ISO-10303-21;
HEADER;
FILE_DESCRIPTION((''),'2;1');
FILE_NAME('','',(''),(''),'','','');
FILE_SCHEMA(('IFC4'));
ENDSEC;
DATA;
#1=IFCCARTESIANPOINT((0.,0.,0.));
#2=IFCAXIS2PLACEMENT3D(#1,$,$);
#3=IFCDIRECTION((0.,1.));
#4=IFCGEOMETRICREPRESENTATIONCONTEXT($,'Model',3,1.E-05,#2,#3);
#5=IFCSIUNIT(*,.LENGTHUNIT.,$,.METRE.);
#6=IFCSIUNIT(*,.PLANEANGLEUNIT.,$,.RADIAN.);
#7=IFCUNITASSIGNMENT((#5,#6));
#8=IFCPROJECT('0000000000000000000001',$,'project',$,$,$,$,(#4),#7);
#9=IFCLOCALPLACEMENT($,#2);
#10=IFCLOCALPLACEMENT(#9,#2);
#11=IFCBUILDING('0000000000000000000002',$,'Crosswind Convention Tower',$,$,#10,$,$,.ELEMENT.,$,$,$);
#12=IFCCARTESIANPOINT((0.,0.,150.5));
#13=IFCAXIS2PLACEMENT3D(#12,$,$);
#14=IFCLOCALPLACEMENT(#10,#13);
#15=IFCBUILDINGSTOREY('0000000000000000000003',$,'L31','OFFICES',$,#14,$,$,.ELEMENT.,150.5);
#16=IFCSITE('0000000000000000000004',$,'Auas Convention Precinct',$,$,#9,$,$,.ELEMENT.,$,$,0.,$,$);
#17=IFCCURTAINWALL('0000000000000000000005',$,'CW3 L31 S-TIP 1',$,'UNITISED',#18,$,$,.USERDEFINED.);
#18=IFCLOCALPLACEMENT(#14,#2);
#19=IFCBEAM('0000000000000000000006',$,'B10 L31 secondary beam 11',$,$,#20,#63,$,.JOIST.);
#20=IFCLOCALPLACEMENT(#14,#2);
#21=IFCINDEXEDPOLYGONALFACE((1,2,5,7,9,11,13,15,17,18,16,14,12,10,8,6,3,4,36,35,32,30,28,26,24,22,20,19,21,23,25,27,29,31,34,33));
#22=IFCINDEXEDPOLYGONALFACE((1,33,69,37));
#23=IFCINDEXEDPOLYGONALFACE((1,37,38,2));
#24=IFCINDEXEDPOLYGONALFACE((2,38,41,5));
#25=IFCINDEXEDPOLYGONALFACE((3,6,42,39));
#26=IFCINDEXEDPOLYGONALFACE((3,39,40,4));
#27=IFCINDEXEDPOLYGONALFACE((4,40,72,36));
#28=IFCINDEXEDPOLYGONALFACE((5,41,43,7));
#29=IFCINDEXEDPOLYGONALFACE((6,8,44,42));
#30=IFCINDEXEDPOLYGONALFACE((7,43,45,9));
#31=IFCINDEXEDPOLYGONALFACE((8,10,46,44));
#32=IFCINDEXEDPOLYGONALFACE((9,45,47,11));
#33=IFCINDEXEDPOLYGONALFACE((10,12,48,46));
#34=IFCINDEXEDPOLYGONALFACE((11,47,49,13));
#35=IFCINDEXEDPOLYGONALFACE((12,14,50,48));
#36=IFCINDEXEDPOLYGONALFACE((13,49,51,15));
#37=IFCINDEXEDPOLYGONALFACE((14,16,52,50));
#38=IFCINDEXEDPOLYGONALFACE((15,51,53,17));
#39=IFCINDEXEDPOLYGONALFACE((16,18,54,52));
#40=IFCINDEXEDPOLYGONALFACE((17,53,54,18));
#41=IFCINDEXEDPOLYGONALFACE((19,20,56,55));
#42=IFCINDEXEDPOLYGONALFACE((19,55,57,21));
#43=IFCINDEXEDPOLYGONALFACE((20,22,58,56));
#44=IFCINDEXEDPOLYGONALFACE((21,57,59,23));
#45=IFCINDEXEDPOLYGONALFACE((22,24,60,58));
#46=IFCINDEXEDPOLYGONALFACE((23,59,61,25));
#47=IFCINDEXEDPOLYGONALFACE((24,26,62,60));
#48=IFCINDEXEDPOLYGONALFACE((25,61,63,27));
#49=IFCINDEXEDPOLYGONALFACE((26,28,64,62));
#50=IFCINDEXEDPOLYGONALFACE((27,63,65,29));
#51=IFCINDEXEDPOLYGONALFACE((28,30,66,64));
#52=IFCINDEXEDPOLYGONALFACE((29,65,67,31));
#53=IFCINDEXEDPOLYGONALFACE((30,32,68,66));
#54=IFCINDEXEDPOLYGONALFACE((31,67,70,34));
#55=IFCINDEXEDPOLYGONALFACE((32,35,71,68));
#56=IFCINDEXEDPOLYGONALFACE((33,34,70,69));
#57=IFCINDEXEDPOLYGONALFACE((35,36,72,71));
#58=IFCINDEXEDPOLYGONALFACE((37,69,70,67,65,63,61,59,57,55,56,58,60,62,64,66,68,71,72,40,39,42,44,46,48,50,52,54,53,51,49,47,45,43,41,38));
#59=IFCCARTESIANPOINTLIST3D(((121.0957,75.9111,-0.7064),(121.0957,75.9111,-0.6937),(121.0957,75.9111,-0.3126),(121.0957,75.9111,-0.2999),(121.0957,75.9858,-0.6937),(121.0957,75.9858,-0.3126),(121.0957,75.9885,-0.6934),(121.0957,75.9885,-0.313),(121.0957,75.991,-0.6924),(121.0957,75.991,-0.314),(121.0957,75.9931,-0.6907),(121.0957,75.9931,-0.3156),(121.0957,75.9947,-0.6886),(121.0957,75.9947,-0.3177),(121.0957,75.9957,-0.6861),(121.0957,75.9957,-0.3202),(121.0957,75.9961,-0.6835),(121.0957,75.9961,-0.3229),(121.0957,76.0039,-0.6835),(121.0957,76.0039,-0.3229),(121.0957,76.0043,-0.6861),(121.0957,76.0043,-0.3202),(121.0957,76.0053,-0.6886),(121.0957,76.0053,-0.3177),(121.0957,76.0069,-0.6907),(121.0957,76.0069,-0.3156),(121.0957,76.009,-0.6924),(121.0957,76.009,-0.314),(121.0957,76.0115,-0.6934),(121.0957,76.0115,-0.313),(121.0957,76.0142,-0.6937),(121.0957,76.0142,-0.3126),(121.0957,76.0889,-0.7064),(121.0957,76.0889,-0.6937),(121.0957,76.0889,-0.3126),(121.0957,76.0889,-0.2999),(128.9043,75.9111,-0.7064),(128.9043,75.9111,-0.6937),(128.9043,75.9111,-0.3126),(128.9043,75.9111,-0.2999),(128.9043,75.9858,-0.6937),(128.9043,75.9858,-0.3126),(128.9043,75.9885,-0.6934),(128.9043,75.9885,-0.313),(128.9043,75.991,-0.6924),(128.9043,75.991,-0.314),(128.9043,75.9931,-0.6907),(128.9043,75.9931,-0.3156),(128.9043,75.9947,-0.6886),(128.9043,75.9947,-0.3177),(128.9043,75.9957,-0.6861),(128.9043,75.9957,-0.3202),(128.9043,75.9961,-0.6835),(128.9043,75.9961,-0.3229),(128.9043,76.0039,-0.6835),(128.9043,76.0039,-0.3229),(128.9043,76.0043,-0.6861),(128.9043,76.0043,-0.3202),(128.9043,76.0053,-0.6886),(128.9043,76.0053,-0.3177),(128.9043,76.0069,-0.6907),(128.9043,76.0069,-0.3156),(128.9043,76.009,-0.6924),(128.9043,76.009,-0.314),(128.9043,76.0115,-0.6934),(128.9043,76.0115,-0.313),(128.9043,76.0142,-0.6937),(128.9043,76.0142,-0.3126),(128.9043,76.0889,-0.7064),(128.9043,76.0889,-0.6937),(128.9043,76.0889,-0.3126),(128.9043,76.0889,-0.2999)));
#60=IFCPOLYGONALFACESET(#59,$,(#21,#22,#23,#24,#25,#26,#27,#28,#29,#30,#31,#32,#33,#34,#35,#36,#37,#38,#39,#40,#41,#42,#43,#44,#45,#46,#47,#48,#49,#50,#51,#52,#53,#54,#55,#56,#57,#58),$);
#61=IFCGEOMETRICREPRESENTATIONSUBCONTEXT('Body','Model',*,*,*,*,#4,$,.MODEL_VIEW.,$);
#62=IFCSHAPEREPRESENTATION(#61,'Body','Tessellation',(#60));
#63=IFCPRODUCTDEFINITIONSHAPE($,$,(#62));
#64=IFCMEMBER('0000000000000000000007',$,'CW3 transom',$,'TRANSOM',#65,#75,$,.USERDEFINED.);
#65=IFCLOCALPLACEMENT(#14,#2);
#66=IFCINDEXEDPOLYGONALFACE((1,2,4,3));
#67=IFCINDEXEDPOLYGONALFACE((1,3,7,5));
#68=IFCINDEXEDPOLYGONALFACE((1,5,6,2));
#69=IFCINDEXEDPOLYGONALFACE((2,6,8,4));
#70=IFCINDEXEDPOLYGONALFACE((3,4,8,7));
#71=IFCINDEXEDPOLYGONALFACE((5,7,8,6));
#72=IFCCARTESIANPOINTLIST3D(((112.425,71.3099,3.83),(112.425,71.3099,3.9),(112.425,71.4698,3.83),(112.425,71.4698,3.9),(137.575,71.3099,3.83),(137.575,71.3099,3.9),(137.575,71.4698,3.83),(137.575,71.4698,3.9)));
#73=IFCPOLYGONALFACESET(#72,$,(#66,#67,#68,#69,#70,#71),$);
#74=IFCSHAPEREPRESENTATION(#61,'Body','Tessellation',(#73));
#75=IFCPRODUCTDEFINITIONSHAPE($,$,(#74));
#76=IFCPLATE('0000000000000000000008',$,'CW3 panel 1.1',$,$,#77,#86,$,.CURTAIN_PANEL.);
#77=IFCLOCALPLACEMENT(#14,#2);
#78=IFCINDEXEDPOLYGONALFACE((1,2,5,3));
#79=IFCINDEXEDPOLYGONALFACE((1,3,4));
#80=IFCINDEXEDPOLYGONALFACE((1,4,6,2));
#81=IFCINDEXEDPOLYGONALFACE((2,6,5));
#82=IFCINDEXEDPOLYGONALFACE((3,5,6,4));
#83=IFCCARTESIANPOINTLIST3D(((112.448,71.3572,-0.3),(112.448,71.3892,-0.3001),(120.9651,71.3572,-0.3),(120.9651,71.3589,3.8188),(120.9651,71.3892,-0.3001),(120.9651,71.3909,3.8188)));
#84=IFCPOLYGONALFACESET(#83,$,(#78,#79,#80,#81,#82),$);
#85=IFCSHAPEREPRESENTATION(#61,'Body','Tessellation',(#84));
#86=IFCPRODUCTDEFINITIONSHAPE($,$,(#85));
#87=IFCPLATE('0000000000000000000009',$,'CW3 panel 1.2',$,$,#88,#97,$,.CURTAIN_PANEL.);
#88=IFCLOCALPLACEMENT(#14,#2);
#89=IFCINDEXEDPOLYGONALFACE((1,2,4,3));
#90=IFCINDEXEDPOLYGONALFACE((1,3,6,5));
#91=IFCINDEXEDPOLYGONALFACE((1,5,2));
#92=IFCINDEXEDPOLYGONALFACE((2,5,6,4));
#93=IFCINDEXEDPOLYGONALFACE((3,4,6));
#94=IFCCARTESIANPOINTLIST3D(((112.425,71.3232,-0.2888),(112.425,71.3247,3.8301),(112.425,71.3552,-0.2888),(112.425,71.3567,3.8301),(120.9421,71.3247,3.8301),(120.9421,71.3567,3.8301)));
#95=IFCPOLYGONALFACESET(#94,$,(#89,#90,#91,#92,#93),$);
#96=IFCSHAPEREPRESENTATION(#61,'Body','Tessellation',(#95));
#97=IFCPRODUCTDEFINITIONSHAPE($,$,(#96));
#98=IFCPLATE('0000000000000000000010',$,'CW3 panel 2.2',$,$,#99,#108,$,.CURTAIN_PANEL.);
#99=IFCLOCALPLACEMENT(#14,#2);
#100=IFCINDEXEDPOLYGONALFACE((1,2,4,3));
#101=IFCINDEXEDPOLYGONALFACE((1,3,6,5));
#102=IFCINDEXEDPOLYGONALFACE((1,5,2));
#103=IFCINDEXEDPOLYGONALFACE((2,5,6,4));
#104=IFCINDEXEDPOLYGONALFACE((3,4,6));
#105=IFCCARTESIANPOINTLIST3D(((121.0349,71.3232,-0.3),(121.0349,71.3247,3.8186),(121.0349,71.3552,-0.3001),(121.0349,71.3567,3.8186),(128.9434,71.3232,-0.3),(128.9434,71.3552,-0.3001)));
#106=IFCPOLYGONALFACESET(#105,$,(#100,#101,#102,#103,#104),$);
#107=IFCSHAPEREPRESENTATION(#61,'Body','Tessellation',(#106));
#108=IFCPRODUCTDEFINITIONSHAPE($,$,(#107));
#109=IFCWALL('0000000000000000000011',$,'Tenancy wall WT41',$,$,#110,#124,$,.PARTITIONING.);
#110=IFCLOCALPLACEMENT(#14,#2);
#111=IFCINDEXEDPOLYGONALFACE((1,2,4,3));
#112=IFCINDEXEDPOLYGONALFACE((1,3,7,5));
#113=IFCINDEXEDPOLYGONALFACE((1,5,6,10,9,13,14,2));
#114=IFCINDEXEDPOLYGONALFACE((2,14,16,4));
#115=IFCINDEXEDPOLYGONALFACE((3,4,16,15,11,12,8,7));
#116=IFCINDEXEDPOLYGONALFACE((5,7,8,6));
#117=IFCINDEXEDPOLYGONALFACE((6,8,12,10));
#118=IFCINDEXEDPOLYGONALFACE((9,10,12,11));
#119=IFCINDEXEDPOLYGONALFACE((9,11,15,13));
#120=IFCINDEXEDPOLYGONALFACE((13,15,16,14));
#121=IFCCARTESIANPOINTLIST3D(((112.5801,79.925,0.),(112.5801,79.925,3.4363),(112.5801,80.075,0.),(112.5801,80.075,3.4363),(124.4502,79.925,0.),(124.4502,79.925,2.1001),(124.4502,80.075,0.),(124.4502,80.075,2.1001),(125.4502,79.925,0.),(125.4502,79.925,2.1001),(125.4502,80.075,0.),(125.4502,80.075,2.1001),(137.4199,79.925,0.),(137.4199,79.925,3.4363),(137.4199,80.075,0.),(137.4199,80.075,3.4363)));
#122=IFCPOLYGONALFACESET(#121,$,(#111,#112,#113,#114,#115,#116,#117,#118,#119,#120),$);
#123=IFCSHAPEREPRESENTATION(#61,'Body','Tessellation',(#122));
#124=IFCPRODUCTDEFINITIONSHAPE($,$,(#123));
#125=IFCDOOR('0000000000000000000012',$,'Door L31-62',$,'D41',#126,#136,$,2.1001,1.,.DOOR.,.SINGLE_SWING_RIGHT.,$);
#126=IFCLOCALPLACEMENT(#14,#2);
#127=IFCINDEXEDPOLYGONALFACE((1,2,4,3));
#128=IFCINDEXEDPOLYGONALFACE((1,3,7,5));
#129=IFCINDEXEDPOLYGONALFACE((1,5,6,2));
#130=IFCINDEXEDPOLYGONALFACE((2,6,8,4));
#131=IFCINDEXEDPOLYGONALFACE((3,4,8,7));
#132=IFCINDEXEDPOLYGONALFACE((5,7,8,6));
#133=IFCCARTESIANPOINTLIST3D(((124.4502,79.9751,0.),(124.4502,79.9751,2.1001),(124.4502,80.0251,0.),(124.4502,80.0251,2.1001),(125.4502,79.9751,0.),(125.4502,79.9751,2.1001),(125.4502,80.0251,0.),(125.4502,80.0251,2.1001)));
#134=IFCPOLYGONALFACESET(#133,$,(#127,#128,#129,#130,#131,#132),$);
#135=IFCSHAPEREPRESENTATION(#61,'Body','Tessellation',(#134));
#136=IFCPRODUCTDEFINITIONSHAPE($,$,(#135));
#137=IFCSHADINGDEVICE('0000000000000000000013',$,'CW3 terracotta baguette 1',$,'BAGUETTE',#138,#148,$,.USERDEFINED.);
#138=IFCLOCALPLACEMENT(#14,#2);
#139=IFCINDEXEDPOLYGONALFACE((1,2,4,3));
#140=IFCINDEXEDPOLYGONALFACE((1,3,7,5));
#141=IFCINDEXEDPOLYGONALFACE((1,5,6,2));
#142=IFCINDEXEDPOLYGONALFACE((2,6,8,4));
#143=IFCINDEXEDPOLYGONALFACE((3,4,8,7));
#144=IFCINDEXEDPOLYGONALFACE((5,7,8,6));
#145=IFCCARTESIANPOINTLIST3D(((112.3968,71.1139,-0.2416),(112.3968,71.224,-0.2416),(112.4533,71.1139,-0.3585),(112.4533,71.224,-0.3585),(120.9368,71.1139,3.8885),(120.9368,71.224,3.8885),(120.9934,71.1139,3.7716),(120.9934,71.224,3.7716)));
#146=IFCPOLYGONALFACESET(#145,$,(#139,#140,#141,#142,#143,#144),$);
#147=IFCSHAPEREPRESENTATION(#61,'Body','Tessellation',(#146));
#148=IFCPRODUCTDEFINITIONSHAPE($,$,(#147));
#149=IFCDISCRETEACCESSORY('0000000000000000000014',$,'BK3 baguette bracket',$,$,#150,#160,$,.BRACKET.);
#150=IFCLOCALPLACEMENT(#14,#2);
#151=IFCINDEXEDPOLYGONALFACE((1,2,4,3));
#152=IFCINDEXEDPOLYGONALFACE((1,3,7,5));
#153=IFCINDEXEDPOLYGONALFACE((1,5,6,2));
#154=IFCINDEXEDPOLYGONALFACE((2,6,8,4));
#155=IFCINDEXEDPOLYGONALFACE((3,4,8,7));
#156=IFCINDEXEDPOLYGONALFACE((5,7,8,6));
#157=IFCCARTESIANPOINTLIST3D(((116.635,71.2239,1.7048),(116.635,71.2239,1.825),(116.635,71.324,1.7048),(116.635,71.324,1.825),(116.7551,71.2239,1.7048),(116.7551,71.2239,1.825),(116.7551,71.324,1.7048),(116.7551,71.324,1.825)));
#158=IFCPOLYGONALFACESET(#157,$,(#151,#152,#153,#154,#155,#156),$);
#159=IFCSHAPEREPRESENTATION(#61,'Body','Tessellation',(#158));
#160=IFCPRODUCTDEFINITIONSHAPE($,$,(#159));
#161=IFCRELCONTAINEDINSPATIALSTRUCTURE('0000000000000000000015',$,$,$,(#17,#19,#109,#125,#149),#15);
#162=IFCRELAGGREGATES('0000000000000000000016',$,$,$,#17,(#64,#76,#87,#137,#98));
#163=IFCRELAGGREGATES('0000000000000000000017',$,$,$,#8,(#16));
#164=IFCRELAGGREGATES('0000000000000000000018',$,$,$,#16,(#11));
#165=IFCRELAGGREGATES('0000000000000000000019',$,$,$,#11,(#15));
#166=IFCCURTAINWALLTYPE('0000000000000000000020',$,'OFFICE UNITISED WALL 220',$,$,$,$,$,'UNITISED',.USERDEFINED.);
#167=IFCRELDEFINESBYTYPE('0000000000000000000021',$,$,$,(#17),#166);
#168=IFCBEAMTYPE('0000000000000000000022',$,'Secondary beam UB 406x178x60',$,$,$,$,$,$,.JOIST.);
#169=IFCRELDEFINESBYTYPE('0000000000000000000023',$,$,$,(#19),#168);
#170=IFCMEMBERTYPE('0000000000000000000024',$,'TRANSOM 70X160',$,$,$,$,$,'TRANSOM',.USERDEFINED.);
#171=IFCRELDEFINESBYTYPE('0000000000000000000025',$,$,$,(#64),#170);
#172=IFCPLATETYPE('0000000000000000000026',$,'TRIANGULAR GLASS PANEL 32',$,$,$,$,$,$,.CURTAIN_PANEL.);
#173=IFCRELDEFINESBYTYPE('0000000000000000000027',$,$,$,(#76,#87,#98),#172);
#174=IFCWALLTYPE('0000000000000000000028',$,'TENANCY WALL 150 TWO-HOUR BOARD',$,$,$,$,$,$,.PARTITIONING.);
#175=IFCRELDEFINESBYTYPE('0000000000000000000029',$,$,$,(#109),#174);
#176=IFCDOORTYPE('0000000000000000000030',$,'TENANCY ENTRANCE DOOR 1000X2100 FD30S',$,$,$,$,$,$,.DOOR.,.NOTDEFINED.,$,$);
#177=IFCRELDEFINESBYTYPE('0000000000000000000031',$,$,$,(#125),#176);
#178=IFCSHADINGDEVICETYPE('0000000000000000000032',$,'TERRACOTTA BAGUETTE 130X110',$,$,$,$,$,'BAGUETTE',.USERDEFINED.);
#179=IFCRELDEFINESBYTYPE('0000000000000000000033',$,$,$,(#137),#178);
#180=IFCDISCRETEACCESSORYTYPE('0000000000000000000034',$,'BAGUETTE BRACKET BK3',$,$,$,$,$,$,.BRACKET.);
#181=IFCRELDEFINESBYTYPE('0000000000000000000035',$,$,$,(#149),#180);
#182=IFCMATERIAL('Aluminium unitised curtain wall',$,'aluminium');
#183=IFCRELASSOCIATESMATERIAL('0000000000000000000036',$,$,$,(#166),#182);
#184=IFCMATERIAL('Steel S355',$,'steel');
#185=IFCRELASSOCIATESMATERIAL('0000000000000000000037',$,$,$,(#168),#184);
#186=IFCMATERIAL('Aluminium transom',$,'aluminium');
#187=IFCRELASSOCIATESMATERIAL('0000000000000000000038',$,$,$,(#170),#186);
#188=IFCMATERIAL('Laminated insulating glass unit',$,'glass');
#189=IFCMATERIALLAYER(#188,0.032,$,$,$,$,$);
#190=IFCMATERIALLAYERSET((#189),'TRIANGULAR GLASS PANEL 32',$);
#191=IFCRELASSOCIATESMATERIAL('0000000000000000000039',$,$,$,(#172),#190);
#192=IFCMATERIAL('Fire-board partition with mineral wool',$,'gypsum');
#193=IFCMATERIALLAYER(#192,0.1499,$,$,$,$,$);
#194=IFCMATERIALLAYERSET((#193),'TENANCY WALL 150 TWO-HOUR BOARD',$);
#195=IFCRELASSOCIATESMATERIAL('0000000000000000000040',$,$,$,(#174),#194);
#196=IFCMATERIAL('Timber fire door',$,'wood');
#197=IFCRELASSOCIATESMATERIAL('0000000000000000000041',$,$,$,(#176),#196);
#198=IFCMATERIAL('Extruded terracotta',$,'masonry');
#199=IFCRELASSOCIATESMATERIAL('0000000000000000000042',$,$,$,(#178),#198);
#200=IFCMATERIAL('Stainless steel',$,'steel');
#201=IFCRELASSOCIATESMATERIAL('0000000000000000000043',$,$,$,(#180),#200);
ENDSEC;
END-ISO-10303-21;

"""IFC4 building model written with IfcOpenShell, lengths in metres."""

from ifc_helpers import new_model, si_unit, direction, frame, frame_2d, origin, origin_2d, place, context, subcontext, project, spatial, polyline, rectangle, i_section, outline, extrude, material, layer, layer_set, material_profile, profile_set, type_object, element, fill, aggregate, save


model = new_model("IFC4")

# Units and contexts
model_context = context("Model", 3, precision=1e-05, world=origin(), true_north=direction((0.0, 1.0)))
body_context = subcontext(model_context, "Body", "Model", "MODEL_VIEW")
ifc_project = project(units=[si_unit("LENGTHUNIT", "METRE"), si_unit("PLANEANGLEUNIT", "RADIAN")], contexts=[model_context])

# Site, building, storey
site_placement = place(None, origin())
site = spatial("IfcSite", under=ifc_project, at=site_placement, Name="Auas Convention Precinct", CompositionType="ELEMENT", RefElevation=0.0)
building_placement = place(site_placement, origin())
building = spatial("IfcBuilding", under=site, at=building_placement, Name="Crosswind Convention Tower", CompositionType="ELEMENT")
storey_placement = place(building_placement, frame((0.0, 0.0, 150.5)))
storey = spatial("IfcBuildingStorey", under=building, at=storey_placement, Name="L31", Description="OFFICES", CompositionType="ELEMENT", Elevation=150.5)

# Shared definitions
ifc_material_1 = material(Name="Steel S355", Category="steel")

# Curtain wall
ifc_material_2 = material(Name="Aluminium unitised curtain wall", Category="aluminium")
curtain_wall_type_1 = type_object("IfcCurtainWallType", Name="OFFICE UNITISED WALL 220", ElementType="UNITISED", PredefinedType="USERDEFINED", material=ifc_material_2)
curtain_wall_1_placement = place(storey_placement, origin())
curtain_wall_1 = element("IfcCurtainWall", 1, at=curtain_wall_1_placement, inside=storey, type_object=curtain_wall_type_1, Name="CW3 L31 S-TIP 1", ObjectType="UNITISED", PredefinedType="USERDEFINED")

# Beam
ifc_material_profile_1 = material_profile(ifc_material_1, i_section(OverallWidth=0.1777, OverallDepth=0.4065, WebThickness=0.0078, FlangeThickness=0.0127, FilletRadius=0.0103, at=origin_2d()), Name="UB 406x178x60")
ifc_profile_set_1 = profile_set([ifc_material_profile_1], Name="Steel S355")
beam_type_1 = type_object("IfcBeamType", Name="Secondary beam UB 406x178x60", PredefinedType="JOIST", material=ifc_profile_set_1)
beam_1_placement = place(storey_placement, frame((121.0957, 76.0, -0.5032), z_axis=(1.0, 0.0, 0.0), x_axis=(0.0, 1.0, 0.0)))
element("IfcBeam", 2, at=beam_1_placement, inside=storey, type_object=beam_type_1, Name="B10 L31 secondary beam 11", PredefinedType="JOIST", context=body_context, shape_type="SweptSolid", body=[
    extrude(i_section(OverallWidth=0.1777, OverallDepth=0.4065, WebThickness=0.0078, FlangeThickness=0.0127, FilletRadius=0.0103, at=origin_2d()), origin(), (0.0, 0.0, 1.0), 7.8086),
])

# Member
ifc_material_3 = material(Name="Aluminium transom", Category="aluminium")
ifc_material_profile_2 = material_profile(ifc_material_3, rectangle(XDim=0.1599, YDim=0.0701, at=origin_2d()), Name="AL 160X70")
ifc_profile_set_2 = profile_set([ifc_material_profile_2], Name="Aluminium transom")
member_type_1 = type_object("IfcMemberType", Name="TRANSOM 70X160", ElementType="TRANSOM", PredefinedType="USERDEFINED", material=ifc_profile_set_2)
member_1_placement = place(storey_placement, frame((112.425, 71.3899, 3.865), z_axis=(1.0, 0.0, 0.0), x_axis=(0.0, 1.0, 0.0)))
member_1 = element("IfcMember", 3, at=member_1_placement, type_object=member_type_1, Name="CW3 transom", ObjectType="TRANSOM", PredefinedType="USERDEFINED", context=body_context, shape_type="SweptSolid", body=[
    extrude(rectangle(XDim=0.1599, YDim=0.0701, at=origin_2d()), origin(), (0.0, 0.0, 1.0), 25.1499),
])

# Plates
ifc_material_4 = material(Name="Laminated insulating glass unit", Category="glass")
ifc_layer_1 = layer(ifc_material_4, 0.032)
ifc_layer_set_1 = layer_set([ifc_layer_1], Name="TRIANGULAR GLASS PANEL 32")
plate_type = type_object("IfcPlateType", Name="TRIANGULAR GLASS PANEL 32", PredefinedType="CURTAIN_PANEL", material=ifc_layer_set_1)
plate_1_placement = place(storey_placement, frame((120.9651, 71.3572, -0.3), z_axis=(0.0, -1.0, 0.000415), x_axis=(0.0, 0.000415, 1.0)))
plate_1 = element("IfcPlate", 4, at=plate_1_placement, type_object=plate_type, Name="CW3 panel 1.1", PredefinedType="CURTAIN_PANEL", context=body_context, shape_type="SweptSolid", body=[
    extrude(outline(polyline([(0.0, 0.0), (4.1189, 0.0), (0.0, 8.5171), (0.0, 0.0)])), origin(), (0.0, 0.0, -1.0), 0.032),
])
plate_2_placement = place(storey_placement, frame((112.425, 71.3247, 3.8301), z_axis=(0.0, -1.0, 0.000356), x_axis=(0.0, -0.000356, -1.0)))
plate_2 = element("IfcPlate", 5, at=plate_2_placement, type_object=plate_type, Name="CW3 panel 1.2", PredefinedType="CURTAIN_PANEL", context=body_context, shape_type="SweptSolid", body=[
    extrude(outline(polyline([(0.0, 0.0), (4.1189, 0.0), (0.0, 8.5171), (0.0, 0.0)])), origin(), (0.0, 0.0, -1.0), 0.032),
])
plate_3_placement = place(storey_placement, frame((121.0349, 71.3232, -0.3), z_axis=(0.0, -1.0, 0.000356), x_axis=(1.0, 0.0, 0.0)))
plate_3 = element("IfcPlate", 6, at=plate_3_placement, type_object=plate_type, Name="CW3 panel 2.2", PredefinedType="CURTAIN_PANEL", context=body_context, shape_type="SweptSolid", body=[
    extrude(outline(polyline([(0.0, 0.0), (7.9084, 0.0), (0.0, 4.1187), (0.0, 0.0)])), origin(), (0.0, 0.0, -1.0), 0.032),
])

# Wall, opening, door
ifc_material_5 = material(Name="Fire-board partition with mineral wool", Category="gypsum")
ifc_layer_2 = layer(ifc_material_5, 0.1499)
ifc_layer_set_2 = layer_set([ifc_layer_2], Name="TENANCY WALL 150 TWO-HOUR BOARD")
wall_type = type_object("IfcWallType", Name="TENANCY WALL 150 TWO-HOUR BOARD", PredefinedType="PARTITIONING", material=ifc_layer_set_2)
wall_placement = place(storey_placement, frame((112.5801, 80.0, 0.0), z_axis=(0.0, 0.0, 1.0), x_axis=(1.0, 0.0, 0.0)))
wall = element("IfcWall", 7, at=wall_placement, inside=storey, type_object=wall_type, Name="Tenancy wall WT41", PredefinedType="PARTITIONING", context=body_context, shape_type="SweptSolid", body=[
    extrude(rectangle(XDim=24.8398, YDim=0.1499, at=frame_2d((12.4199, 0.0))), origin(), (0.0, 0.0, 1.0), 3.4363),
])
opening_placement = place(wall_placement, frame((11.8701, 0.0, 0.0)))
opening = element("IfcOpeningElement", 8, at=opening_placement, cuts=wall, PredefinedType="OPENING", context=body_context, shape_type="SweptSolid", body=[
    extrude(rectangle(XDim=1.0, YDim=2.1001, at=frame_2d((0.5, 1.05))), frame((0.0, 0.085, 0.0), z_axis=(0.0, -1.0, 0.0), x_axis=(1.0, 0.0, 0.0)), (0.0, 0.0, 1.0), 0.1699),
])
ifc_material_6 = material(Name="Timber fire door", Category="wood")
door_type = type_object("IfcDoorType", Name="TENANCY ENTRANCE DOOR 1000X2100 FD30S", OperationType="NOTDEFINED", PredefinedType="DOOR", material=ifc_material_6)
door_placement = place(opening_placement, frame((1.0, 0.0, 0.0), z_axis=(0.0, 0.0, 1.0), x_axis=(-1.0, 0.0, 0.0)))
door = element("IfcDoor", 9, at=door_placement, inside=storey, type_object=door_type, Name="Door L31-62", ObjectType="D41", OperationType="SINGLE_SWING_RIGHT", OverallHeight=2.1001, OverallWidth=1.0, PredefinedType="DOOR", context=body_context, shape_type="SweptSolid", body=[
    extrude(rectangle(XDim=1.0, YDim=2.1001, at=frame_2d((0.5, 1.05))), frame((0.0, 0.0249, 0.0), z_axis=(0.0, -1.0, 0.0), x_axis=(1.0, 0.0, 0.0)), (0.0, 0.0, 1.0), 0.05),
])
fill(opening, door)

# Shading device
ifc_material_7 = material(Name="Extruded terracotta", Category="masonry")
ifc_material_profile_3 = material_profile(ifc_material_7, rectangle(XDim=0.1101, YDim=0.1299, at=origin_2d()), Name="TC 110X130")
ifc_profile_set_3 = profile_set([ifc_material_profile_3], Name="Extruded terracotta")
shading_device_type = type_object("IfcShadingDeviceType", Name="TERRACOTTA BAGUETTE 130X110", ElementType="BAGUETTE", PredefinedType="USERDEFINED", material=ifc_profile_set_3)
shading_device_placement = place(storey_placement, frame((112.425, 71.1689, -0.3), z_axis=(0.900248, 0.0, 0.435377), x_axis=(0.0, 1.0, 0.0)))
shading_device = element("IfcShadingDevice", 10, at=shading_device_placement, type_object=shading_device_type, Name="CW3 terracotta baguette 1", ObjectType="BAGUETTE", PredefinedType="USERDEFINED", context=body_context, shape_type="SweptSolid", body=[
    extrude(rectangle(XDim=0.1101, YDim=0.1299, at=origin_2d()), origin(), (0.0, 0.0, 1.0), 9.4863),
])
aggregate(curtain_wall_1, [member_1, plate_1, plate_2, shading_device, plate_3])

# Discrete accessory
ifc_material_8 = material(Name="Stainless steel", Category="steel")
discrete_accessory_type = type_object("IfcDiscreteAccessoryType", Name="BAGUETTE BRACKET BK3", PredefinedType="BRACKET", material=ifc_material_8)
discrete_accessory_placement = place(storey_placement, frame((116.6951, 71.2739, 1.7048), z_axis=(0.0, 0.0, 1.0), x_axis=(1.0, 0.0, 0.0)))
element("IfcDiscreteAccessory", 11, at=discrete_accessory_placement, inside=storey, type_object=discrete_accessory_type, Name="BK3 baguette bracket", PredefinedType="BRACKET", context=body_context, shape_type="SweptSolid", body=[
    extrude(rectangle(XDim=0.1201, YDim=0.1001, at=origin_2d()), origin(), (0.0, 0.0, 1.0), 0.1201),
])

save(model, "model.ifc")
